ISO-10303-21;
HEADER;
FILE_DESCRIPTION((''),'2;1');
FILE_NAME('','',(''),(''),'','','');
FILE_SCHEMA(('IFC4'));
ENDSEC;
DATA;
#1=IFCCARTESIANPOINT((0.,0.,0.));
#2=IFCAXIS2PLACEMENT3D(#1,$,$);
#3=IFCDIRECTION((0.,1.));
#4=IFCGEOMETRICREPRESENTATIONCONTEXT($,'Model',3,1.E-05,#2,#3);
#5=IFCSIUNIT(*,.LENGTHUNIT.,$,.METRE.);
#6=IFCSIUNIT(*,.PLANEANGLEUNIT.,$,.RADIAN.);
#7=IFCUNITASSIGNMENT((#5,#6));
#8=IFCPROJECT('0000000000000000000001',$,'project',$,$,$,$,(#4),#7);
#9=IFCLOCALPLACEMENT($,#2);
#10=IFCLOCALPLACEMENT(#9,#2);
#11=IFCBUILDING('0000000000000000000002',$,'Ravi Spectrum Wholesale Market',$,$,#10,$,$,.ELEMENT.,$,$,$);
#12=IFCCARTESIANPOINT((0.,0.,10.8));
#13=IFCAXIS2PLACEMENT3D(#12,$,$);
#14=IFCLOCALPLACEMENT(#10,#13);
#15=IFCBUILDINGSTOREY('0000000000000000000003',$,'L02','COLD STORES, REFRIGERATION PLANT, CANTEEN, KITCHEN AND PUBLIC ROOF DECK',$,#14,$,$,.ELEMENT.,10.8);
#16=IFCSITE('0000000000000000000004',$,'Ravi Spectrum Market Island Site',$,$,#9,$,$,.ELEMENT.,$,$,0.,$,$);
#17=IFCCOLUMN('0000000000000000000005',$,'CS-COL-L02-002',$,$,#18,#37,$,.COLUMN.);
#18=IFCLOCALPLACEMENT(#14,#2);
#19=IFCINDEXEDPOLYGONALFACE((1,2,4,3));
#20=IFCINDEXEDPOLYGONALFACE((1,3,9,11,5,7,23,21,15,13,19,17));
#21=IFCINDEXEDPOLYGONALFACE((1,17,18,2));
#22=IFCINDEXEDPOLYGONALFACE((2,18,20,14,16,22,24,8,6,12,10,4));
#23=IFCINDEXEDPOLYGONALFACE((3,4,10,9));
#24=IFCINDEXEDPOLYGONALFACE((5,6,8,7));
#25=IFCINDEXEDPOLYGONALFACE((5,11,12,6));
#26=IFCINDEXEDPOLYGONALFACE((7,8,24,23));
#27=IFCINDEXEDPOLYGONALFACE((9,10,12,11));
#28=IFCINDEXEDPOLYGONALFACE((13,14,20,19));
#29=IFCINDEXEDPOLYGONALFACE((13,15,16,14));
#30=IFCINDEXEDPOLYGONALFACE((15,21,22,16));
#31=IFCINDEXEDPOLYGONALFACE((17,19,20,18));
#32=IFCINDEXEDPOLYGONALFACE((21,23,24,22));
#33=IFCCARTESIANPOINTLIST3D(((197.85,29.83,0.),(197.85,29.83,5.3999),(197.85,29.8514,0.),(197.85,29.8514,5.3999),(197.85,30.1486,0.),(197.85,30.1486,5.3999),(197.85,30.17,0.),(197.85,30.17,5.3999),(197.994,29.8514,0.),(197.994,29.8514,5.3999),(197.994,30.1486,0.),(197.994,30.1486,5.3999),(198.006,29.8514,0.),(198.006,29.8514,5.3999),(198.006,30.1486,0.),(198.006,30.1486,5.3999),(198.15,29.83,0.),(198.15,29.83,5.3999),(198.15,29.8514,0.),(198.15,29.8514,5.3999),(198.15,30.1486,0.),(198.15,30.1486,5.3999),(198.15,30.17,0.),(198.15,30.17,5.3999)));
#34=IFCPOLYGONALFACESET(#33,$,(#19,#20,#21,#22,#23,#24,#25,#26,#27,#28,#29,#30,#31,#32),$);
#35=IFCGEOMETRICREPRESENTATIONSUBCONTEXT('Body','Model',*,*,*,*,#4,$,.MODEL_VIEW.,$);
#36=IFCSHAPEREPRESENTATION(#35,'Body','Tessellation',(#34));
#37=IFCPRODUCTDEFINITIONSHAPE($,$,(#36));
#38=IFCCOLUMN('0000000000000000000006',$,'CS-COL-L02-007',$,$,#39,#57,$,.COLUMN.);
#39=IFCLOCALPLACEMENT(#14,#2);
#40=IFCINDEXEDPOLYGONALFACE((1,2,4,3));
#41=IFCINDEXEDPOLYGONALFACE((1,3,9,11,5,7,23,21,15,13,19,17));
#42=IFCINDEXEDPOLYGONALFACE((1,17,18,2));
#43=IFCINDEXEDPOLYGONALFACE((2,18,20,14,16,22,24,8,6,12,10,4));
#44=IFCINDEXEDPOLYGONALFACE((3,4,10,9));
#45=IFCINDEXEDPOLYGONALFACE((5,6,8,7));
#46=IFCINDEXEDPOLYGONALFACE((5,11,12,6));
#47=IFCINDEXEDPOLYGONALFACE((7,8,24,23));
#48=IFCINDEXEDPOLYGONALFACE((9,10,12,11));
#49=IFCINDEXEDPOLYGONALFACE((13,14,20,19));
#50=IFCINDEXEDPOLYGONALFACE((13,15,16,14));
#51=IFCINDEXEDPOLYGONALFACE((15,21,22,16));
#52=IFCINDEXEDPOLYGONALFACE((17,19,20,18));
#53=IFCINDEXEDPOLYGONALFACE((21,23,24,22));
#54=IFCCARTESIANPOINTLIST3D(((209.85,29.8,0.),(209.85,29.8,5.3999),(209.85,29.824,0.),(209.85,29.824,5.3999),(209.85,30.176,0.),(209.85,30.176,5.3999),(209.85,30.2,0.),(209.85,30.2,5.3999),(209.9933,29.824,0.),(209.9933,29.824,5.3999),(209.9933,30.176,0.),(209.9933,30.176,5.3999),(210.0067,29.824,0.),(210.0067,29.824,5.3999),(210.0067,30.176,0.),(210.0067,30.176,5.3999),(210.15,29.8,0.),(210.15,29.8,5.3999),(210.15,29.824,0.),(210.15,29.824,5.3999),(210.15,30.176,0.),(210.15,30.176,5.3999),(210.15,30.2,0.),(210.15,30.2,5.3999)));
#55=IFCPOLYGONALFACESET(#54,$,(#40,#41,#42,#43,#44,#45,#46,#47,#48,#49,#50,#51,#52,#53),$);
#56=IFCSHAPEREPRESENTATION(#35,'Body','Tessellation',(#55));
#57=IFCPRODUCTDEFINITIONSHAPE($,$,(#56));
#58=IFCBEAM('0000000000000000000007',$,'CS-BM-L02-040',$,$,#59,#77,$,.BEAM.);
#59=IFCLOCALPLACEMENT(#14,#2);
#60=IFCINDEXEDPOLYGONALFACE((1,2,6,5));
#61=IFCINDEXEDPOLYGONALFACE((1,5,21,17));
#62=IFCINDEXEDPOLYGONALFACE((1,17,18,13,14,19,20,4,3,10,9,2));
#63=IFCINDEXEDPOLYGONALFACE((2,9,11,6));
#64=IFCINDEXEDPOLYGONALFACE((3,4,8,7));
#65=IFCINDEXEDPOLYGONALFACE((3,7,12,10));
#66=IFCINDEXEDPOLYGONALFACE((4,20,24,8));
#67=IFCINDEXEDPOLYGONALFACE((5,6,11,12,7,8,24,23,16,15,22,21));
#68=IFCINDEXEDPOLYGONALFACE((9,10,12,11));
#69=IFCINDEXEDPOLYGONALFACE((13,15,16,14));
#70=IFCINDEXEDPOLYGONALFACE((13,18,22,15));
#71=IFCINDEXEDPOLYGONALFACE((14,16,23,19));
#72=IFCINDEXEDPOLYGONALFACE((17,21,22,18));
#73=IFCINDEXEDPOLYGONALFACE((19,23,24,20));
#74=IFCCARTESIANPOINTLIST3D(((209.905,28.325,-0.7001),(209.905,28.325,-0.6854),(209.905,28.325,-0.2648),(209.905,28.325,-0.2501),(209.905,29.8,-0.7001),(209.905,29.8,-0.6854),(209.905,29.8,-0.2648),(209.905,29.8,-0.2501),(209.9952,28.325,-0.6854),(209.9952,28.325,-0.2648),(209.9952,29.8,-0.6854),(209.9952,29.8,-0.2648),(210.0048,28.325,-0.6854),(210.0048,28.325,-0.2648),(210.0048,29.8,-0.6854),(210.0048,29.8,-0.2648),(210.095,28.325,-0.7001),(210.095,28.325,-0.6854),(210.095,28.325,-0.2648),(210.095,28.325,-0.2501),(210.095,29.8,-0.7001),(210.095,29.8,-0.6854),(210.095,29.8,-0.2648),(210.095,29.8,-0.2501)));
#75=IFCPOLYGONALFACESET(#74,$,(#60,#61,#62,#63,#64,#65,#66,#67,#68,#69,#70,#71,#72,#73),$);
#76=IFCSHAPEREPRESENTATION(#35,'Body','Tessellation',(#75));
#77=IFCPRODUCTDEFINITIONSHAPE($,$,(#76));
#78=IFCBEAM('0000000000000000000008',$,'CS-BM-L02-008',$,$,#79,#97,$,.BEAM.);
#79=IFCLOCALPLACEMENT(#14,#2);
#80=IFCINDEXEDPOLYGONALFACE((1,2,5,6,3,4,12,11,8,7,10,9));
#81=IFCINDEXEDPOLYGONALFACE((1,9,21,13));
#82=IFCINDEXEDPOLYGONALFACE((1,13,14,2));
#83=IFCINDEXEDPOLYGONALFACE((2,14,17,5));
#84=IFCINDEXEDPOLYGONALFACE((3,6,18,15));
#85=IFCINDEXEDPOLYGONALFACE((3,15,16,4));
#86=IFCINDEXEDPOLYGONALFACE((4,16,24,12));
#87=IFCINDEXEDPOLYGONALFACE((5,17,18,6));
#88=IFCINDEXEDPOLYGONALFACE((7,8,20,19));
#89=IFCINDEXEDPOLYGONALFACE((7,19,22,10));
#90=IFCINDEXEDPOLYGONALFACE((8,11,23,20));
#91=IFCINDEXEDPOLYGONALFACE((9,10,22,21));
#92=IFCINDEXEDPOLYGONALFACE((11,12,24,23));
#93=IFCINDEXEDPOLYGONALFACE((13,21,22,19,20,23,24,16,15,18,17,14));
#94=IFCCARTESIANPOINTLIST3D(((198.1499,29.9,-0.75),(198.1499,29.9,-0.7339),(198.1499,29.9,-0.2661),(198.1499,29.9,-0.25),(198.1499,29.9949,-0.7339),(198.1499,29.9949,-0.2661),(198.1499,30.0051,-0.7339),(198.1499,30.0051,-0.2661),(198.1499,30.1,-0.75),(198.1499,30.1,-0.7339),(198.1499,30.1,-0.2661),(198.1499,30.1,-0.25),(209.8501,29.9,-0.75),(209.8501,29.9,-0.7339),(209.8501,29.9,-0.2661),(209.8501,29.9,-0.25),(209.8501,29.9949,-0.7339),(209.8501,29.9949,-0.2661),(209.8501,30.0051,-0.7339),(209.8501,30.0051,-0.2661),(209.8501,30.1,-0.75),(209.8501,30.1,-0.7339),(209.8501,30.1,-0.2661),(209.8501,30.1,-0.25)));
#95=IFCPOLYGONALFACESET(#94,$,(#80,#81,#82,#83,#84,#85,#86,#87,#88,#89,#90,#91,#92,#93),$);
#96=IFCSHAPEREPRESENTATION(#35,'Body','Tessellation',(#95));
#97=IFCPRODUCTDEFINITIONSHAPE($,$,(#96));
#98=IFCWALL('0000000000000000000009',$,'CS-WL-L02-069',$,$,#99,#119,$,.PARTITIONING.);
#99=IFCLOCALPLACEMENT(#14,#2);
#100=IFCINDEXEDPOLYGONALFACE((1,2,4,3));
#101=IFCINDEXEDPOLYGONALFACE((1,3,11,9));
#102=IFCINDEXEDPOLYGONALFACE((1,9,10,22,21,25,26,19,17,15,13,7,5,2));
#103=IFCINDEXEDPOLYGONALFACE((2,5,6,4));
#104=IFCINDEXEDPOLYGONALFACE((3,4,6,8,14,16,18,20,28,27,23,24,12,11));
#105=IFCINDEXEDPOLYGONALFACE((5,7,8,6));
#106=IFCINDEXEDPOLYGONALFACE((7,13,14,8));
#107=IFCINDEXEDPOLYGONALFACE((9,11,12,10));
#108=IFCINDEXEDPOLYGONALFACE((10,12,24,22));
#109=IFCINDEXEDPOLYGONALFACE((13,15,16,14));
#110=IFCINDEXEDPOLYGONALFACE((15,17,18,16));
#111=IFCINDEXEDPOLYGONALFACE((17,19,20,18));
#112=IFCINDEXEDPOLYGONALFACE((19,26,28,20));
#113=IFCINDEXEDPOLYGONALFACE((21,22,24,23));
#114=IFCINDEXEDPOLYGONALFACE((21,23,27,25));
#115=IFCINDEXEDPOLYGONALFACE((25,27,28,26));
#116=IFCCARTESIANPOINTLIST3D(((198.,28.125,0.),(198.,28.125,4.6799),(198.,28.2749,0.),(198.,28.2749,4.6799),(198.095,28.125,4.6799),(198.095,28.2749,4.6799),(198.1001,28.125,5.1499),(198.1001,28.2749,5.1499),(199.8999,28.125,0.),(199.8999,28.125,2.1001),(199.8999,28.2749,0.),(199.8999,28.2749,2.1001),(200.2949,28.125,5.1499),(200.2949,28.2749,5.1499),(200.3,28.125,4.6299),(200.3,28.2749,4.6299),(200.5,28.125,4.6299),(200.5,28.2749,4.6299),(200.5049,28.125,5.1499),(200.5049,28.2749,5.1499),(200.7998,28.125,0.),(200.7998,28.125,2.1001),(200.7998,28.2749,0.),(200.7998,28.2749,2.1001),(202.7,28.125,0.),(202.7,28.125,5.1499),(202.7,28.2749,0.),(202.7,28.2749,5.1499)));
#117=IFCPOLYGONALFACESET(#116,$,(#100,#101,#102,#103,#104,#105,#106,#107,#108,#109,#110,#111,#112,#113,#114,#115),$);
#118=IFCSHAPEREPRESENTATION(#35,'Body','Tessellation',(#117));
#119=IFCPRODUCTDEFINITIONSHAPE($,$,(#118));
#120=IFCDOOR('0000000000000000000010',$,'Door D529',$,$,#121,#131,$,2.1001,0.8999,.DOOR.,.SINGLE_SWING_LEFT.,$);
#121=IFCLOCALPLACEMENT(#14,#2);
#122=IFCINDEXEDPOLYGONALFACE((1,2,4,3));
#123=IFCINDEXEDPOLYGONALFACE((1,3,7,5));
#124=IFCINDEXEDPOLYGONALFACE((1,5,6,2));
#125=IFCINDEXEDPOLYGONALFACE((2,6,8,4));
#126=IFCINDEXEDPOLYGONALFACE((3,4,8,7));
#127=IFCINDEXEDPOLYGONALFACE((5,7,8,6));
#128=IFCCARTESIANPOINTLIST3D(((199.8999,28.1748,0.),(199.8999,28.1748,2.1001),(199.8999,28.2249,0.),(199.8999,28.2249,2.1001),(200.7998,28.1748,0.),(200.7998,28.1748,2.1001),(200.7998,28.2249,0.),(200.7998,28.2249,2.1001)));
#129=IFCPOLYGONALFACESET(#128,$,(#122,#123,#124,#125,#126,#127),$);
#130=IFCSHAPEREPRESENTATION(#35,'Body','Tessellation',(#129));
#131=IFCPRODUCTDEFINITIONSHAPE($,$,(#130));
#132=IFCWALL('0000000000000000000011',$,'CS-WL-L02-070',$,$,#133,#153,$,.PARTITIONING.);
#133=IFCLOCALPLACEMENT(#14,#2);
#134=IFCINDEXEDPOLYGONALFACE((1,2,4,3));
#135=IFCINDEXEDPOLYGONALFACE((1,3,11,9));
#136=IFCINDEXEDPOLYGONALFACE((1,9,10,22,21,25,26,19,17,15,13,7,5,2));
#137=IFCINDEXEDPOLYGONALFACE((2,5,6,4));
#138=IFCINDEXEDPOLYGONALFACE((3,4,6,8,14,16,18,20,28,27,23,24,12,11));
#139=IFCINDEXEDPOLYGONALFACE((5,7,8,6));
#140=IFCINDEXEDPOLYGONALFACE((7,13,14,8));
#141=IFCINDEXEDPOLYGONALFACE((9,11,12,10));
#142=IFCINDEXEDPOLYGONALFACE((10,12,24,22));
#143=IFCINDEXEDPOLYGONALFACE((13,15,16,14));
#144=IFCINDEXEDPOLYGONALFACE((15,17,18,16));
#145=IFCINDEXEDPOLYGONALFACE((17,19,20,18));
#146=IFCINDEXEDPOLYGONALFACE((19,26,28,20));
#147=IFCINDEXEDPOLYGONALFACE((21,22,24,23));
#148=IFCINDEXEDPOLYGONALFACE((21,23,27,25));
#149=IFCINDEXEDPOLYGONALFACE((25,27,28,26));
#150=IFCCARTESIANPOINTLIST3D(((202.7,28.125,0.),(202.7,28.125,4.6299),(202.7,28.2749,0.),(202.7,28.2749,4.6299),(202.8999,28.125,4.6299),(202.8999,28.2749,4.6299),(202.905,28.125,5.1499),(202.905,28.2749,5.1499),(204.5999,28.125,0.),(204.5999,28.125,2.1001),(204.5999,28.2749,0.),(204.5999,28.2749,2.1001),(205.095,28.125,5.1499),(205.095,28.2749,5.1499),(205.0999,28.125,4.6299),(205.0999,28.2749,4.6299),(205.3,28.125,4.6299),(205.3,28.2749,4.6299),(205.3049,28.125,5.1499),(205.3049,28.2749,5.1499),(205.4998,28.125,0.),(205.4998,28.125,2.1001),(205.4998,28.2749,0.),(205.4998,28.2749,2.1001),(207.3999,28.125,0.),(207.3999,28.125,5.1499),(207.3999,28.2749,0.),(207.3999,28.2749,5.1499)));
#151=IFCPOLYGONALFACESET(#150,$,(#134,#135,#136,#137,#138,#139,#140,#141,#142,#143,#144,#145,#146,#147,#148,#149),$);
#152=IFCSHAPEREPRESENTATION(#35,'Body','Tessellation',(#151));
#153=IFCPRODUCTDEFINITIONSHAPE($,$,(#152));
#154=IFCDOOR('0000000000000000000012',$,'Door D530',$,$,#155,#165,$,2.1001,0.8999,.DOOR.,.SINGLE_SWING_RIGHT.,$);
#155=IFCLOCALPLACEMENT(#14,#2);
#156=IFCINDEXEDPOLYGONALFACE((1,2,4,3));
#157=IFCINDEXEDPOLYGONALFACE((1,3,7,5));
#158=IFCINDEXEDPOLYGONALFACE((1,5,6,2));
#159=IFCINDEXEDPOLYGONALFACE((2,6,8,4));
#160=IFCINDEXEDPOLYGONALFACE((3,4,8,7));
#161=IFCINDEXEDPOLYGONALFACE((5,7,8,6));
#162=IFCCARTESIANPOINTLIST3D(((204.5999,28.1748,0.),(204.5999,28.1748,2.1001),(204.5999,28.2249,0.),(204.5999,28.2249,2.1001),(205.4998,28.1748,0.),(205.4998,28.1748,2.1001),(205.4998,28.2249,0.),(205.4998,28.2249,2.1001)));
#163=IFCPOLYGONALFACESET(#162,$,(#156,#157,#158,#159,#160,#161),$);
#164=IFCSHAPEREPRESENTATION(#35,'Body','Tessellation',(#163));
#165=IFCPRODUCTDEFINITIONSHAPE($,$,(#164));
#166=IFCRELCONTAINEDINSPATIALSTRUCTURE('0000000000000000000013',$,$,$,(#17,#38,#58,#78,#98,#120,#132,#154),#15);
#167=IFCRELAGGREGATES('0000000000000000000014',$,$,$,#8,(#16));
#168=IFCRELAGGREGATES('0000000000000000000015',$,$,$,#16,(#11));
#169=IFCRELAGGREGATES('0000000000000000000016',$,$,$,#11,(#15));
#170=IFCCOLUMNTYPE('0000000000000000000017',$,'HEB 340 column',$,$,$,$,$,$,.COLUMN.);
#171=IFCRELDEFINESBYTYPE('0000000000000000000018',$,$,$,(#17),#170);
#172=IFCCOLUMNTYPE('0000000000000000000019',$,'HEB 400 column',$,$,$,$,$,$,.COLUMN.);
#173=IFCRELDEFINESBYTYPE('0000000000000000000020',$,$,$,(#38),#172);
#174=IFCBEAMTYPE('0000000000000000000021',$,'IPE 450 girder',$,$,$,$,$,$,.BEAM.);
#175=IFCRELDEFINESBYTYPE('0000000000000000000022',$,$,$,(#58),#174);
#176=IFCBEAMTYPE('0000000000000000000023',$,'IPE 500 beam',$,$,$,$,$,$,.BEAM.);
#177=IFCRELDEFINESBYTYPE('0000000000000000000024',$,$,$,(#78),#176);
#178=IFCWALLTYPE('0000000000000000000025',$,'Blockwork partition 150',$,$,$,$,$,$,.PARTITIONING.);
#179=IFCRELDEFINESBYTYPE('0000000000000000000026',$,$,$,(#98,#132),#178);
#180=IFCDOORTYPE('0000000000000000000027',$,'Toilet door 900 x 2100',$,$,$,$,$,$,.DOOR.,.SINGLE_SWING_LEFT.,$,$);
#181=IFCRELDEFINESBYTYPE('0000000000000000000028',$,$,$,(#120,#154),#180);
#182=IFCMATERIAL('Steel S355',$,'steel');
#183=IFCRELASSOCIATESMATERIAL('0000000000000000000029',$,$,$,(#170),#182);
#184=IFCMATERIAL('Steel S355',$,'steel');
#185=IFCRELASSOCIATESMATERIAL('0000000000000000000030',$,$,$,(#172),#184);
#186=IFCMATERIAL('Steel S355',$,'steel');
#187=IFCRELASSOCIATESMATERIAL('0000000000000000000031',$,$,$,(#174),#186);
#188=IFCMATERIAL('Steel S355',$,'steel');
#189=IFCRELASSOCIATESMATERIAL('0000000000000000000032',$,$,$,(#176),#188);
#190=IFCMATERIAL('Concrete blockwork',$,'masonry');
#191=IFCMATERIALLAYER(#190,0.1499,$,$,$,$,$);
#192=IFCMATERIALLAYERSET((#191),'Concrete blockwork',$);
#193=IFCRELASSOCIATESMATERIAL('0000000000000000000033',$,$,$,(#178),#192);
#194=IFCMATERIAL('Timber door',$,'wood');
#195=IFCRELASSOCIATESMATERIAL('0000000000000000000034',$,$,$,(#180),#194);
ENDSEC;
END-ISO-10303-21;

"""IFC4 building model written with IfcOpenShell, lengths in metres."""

from ifc_helpers import new_model, si_unit, direction, frame, frame_2d, origin, origin_2d, place, context, subcontext, project, spatial, polyline, rectangle, i_section, outline, extrude, material, layer, layer_set, material_profile, profile_set, type_object, element, fill, save


model = new_model("IFC4")

# Units and contexts
model_context = context("Model", 3, precision=1e-05, world=origin(), true_north=direction((0.0, 1.0)))
body_context = subcontext(model_context, "Body", "Model", "MODEL_VIEW")
ifc_project = project(units=[si_unit("LENGTHUNIT", "METRE"), si_unit("PLANEANGLEUNIT", "RADIAN")], contexts=[model_context])

# Site, building, storey
site_placement = place(None, origin())
site = spatial("IfcSite", under=ifc_project, at=site_placement, Name="Ravi Spectrum Market Island Site", CompositionType="ELEMENT", RefElevation=0.0)
building_placement = place(site_placement, origin())
building = spatial("IfcBuilding", under=site, at=building_placement, Name="Ravi Spectrum Wholesale Market", CompositionType="ELEMENT")
storey_placement = place(building_placement, frame((0.0, 0.0, 10.8)))
storey = spatial("IfcBuildingStorey", under=building, at=storey_placement, Name="L02", Description="COLD STORES, REFRIGERATION PLANT, CANTEEN, KITCHEN AND PUBLIC ROOF DECK", CompositionType="ELEMENT", Elevation=10.8)

# Columns
ifc_material_1 = material(Name="Steel S355", Category="steel")
ifc_material_profile_1 = material_profile(ifc_material_1, i_section(OverallWidth=0.3, OverallDepth=0.3401, WebThickness=0.012, FlangeThickness=0.0215, at=origin_2d()))
ifc_profile_set_1 = profile_set([ifc_material_profile_1], Name="Steel S355")
column_type_1 = type_object("IfcColumnType", Name="HEB 340 column", PredefinedType="COLUMN", material=ifc_profile_set_1)
column_1_placement = place(storey_placement, frame((198.0, 30.0, 0.0), z_axis=(0.0, 0.0, 1.0), x_axis=(1.0, 0.0, 0.0)))
element("IfcColumn", 1, at=column_1_placement, inside=storey, type_object=column_type_1, Name="CS-COL-L02-002", PredefinedType="COLUMN", context=body_context, shape_type="SweptSolid", body=[
    extrude(i_section(OverallWidth=0.3, OverallDepth=0.3401, WebThickness=0.012, FlangeThickness=0.0215, at=origin_2d()), origin(), (0.0, 0.0, 1.0), 5.3999),
])
ifc_material_2 = material(Name="Steel S355", Category="steel")
ifc_material_profile_2 = material_profile(ifc_material_2, i_section(OverallWidth=0.3, OverallDepth=0.3999, WebThickness=0.0134, FlangeThickness=0.0239, at=origin_2d()))
ifc_profile_set_2 = profile_set([ifc_material_profile_2], Name="Steel S355")
column_type_2 = type_object("IfcColumnType", Name="HEB 400 column", PredefinedType="COLUMN", material=ifc_profile_set_2)
column_2_placement = place(storey_placement, frame((210.0, 30.0, 0.0), z_axis=(0.0, 0.0, 1.0), x_axis=(1.0, 0.0, 0.0)))
element("IfcColumn", 2, at=column_2_placement, inside=storey, type_object=column_type_2, Name="CS-COL-L02-007", PredefinedType="COLUMN", context=body_context, shape_type="SweptSolid", body=[
    extrude(i_section(OverallWidth=0.3, OverallDepth=0.3999, WebThickness=0.0134, FlangeThickness=0.0239, at=origin_2d()), origin(), (0.0, 0.0, 1.0), 5.3999),
])

# Beams
ifc_material_3 = material(Name="Steel S355", Category="steel")
ifc_material_profile_3 = material_profile(ifc_material_3, i_section(OverallWidth=0.1899, OverallDepth=0.45, WebThickness=0.0095, FlangeThickness=0.0146, at=origin_2d()))
ifc_profile_set_3 = profile_set([ifc_material_profile_3], Name="Steel S355")
beam_type_1 = type_object("IfcBeamType", Name="IPE 450 girder", PredefinedType="BEAM", material=ifc_profile_set_3)
beam_1_placement = place(storey_placement, frame((210.0, 28.325, -0.4751), z_axis=(0.0, 1.0, 0.0), x_axis=(-1.0, 0.0, 0.0)))
element("IfcBeam", 3, at=beam_1_placement, inside=storey, type_object=beam_type_1, Name="CS-BM-L02-040", PredefinedType="BEAM", context=body_context, shape_type="SweptSolid", body=[
    extrude(i_section(OverallWidth=0.1899, OverallDepth=0.45, WebThickness=0.0095, FlangeThickness=0.0146, at=origin_2d()), origin(), (0.0, 0.0, 1.0), 1.4751),
])
ifc_material_4 = material(Name="Steel S355", Category="steel")
ifc_material_profile_4 = material_profile(ifc_material_4, i_section(OverallWidth=0.2, OverallDepth=0.5, WebThickness=0.0103, FlangeThickness=0.0161, at=origin_2d()))
ifc_profile_set_4 = profile_set([ifc_material_profile_4], Name="Steel S355")
beam_type_2 = type_object("IfcBeamType", Name="IPE 500 beam", PredefinedType="BEAM", material=ifc_profile_set_4)
beam_2_placement = place(storey_placement, frame((198.1499, 30.0, -0.5), z_axis=(1.0, 0.0, 0.0), x_axis=(0.0, 1.0, 0.0)))
element("IfcBeam", 4, at=beam_2_placement, inside=storey, type_object=beam_type_2, Name="CS-BM-L02-008", PredefinedType="BEAM", context=body_context, shape_type="SweptSolid", body=[
    extrude(i_section(OverallWidth=0.2, OverallDepth=0.5, WebThickness=0.0103, FlangeThickness=0.0161, at=origin_2d()), origin(), (0.0, 0.0, 1.0), 11.7002),
])

# Walls, openings, doors
ifc_material_5 = material(Name="Concrete blockwork", Category="masonry")
ifc_layer_1 = layer(ifc_material_5, 0.1499)
ifc_layer_set_1 = layer_set([ifc_layer_1], Name="Concrete blockwork")
wall_type_1 = type_object("IfcWallType", Name="Blockwork partition 150", PredefinedType="PARTITIONING", material=ifc_layer_set_1)
wall_1_placement = place(storey_placement, frame((198.0, 28.2, 0.0), z_axis=(0.0, 0.0, 1.0), x_axis=(1.0, 0.0, 0.0)))
wall_1 = element("IfcWall", 5, at=wall_1_placement, inside=storey, type_object=wall_type_1, Name="CS-WL-L02-069", PredefinedType="PARTITIONING", context=body_context, shape_type="SweptSolid", body=[
    extrude(outline(polyline([(0.0, 0.0), (4.7, 0.0), (4.7, 5.1499), (2.5049, 5.1499), (2.5, 4.6299), (2.3, 4.6299), (2.2949, 5.1499), (0.1001, 5.1499), (0.095, 4.6799), (0.0, 4.6799), (0.0, 0.0)])), frame((0.0, 0.075, 0.0), z_axis=(0.0, -1.0, 0.0), x_axis=(1.0, 0.0, 0.0)), (0.0, 0.0, 1.0), 0.1499),
])
opening_1_placement = place(wall_1_placement, frame((1.8999, 0.0, 0.0)))
opening_1 = element("IfcOpeningElement", 6, at=opening_1_placement, cuts=wall_1, PredefinedType="OPENING", context=body_context, shape_type="SweptSolid", body=[
    extrude(rectangle(XDim=0.8999, YDim=2.1001, at=frame_2d((0.45, 1.05))), frame((0.0, 0.085, 0.0), z_axis=(0.0, -1.0, 0.0), x_axis=(1.0, 0.0, 0.0)), (0.0, 0.0, 1.0), 0.1699),
])
ifc_material_6 = material(Name="Timber door", Category="wood")
door_type_1 = type_object("IfcDoorType", Name="Toilet door 900 x 2100", OperationType="SINGLE_SWING_LEFT", PredefinedType="DOOR", material=ifc_material_6)
door_1_placement = place(opening_1_placement, origin())
door_1 = element("IfcDoor", 7, at=door_1_placement, inside=storey, type_object=door_type_1, Name="Door D529", OperationType="SINGLE_SWING_LEFT", OverallHeight=2.1001, OverallWidth=0.8999, PredefinedType="DOOR", context=body_context, shape_type="SweptSolid", body=[
    extrude(rectangle(XDim=0.8999, YDim=2.1001, at=frame_2d((0.45, 1.05))), frame((0.0, 0.0249, 0.0), z_axis=(0.0, -1.0, 0.0), x_axis=(1.0, 0.0, 0.0)), (0.0, 0.0, 1.0), 0.05),
])
fill(opening_1, door_1)
wall_2_placement = place(storey_placement, frame((202.7, 28.2, 0.0), z_axis=(0.0, 0.0, 1.0), x_axis=(1.0, 0.0, 0.0)))
wall_2 = element("IfcWall", 8, at=wall_2_placement, inside=storey, type_object=wall_type_1, Name="CS-WL-L02-070", PredefinedType="PARTITIONING", context=body_context, shape_type="SweptSolid", body=[
    extrude(outline(polyline([(0.0, 0.0), (4.7, 0.0), (4.7, 5.1499), (2.605, 5.1499), (2.6001, 4.6299), (2.3999, 4.6299), (2.395, 5.1499), (0.2051, 5.1499), (0.2, 4.6299), (0.0, 4.6299), (0.0, 0.0)])), frame((0.0, 0.075, 0.0), z_axis=(0.0, -1.0, 0.0), x_axis=(1.0, 0.0, 0.0)), (0.0, 0.0, 1.0), 0.1499),
])
opening_2_placement = place(wall_2_placement, frame((1.8999, 0.0, 0.0)))
opening_2 = element("IfcOpeningElement", 9, at=opening_2_placement, cuts=wall_2, PredefinedType="OPENING", context=body_context, shape_type="SweptSolid", body=[
    extrude(rectangle(XDim=0.8999, YDim=2.1001, at=frame_2d((0.45, 1.05))), frame((0.0, 0.085, 0.0), z_axis=(0.0, -1.0, 0.0), x_axis=(1.0, 0.0, 0.0)), (0.0, 0.0, 1.0), 0.1699),
])
door_2_placement = place(opening_2_placement, origin())
door_2 = element("IfcDoor", 10, at=door_2_placement, inside=storey, type_object=door_type_1, Name="Door D530", OperationType="SINGLE_SWING_RIGHT", OverallHeight=2.1001, OverallWidth=0.8999, PredefinedType="DOOR", context=body_context, shape_type="SweptSolid", body=[
    extrude(rectangle(XDim=0.8999, YDim=2.1001, at=frame_2d((0.45, 1.05))), frame((0.0, 0.0249, 0.0), z_axis=(0.0, -1.0, 0.0), x_axis=(1.0, 0.0, 0.0)), (0.0, 0.0, 1.0), 0.05),
])
fill(opening_2, door_2)

save(model, "model.ifc")
